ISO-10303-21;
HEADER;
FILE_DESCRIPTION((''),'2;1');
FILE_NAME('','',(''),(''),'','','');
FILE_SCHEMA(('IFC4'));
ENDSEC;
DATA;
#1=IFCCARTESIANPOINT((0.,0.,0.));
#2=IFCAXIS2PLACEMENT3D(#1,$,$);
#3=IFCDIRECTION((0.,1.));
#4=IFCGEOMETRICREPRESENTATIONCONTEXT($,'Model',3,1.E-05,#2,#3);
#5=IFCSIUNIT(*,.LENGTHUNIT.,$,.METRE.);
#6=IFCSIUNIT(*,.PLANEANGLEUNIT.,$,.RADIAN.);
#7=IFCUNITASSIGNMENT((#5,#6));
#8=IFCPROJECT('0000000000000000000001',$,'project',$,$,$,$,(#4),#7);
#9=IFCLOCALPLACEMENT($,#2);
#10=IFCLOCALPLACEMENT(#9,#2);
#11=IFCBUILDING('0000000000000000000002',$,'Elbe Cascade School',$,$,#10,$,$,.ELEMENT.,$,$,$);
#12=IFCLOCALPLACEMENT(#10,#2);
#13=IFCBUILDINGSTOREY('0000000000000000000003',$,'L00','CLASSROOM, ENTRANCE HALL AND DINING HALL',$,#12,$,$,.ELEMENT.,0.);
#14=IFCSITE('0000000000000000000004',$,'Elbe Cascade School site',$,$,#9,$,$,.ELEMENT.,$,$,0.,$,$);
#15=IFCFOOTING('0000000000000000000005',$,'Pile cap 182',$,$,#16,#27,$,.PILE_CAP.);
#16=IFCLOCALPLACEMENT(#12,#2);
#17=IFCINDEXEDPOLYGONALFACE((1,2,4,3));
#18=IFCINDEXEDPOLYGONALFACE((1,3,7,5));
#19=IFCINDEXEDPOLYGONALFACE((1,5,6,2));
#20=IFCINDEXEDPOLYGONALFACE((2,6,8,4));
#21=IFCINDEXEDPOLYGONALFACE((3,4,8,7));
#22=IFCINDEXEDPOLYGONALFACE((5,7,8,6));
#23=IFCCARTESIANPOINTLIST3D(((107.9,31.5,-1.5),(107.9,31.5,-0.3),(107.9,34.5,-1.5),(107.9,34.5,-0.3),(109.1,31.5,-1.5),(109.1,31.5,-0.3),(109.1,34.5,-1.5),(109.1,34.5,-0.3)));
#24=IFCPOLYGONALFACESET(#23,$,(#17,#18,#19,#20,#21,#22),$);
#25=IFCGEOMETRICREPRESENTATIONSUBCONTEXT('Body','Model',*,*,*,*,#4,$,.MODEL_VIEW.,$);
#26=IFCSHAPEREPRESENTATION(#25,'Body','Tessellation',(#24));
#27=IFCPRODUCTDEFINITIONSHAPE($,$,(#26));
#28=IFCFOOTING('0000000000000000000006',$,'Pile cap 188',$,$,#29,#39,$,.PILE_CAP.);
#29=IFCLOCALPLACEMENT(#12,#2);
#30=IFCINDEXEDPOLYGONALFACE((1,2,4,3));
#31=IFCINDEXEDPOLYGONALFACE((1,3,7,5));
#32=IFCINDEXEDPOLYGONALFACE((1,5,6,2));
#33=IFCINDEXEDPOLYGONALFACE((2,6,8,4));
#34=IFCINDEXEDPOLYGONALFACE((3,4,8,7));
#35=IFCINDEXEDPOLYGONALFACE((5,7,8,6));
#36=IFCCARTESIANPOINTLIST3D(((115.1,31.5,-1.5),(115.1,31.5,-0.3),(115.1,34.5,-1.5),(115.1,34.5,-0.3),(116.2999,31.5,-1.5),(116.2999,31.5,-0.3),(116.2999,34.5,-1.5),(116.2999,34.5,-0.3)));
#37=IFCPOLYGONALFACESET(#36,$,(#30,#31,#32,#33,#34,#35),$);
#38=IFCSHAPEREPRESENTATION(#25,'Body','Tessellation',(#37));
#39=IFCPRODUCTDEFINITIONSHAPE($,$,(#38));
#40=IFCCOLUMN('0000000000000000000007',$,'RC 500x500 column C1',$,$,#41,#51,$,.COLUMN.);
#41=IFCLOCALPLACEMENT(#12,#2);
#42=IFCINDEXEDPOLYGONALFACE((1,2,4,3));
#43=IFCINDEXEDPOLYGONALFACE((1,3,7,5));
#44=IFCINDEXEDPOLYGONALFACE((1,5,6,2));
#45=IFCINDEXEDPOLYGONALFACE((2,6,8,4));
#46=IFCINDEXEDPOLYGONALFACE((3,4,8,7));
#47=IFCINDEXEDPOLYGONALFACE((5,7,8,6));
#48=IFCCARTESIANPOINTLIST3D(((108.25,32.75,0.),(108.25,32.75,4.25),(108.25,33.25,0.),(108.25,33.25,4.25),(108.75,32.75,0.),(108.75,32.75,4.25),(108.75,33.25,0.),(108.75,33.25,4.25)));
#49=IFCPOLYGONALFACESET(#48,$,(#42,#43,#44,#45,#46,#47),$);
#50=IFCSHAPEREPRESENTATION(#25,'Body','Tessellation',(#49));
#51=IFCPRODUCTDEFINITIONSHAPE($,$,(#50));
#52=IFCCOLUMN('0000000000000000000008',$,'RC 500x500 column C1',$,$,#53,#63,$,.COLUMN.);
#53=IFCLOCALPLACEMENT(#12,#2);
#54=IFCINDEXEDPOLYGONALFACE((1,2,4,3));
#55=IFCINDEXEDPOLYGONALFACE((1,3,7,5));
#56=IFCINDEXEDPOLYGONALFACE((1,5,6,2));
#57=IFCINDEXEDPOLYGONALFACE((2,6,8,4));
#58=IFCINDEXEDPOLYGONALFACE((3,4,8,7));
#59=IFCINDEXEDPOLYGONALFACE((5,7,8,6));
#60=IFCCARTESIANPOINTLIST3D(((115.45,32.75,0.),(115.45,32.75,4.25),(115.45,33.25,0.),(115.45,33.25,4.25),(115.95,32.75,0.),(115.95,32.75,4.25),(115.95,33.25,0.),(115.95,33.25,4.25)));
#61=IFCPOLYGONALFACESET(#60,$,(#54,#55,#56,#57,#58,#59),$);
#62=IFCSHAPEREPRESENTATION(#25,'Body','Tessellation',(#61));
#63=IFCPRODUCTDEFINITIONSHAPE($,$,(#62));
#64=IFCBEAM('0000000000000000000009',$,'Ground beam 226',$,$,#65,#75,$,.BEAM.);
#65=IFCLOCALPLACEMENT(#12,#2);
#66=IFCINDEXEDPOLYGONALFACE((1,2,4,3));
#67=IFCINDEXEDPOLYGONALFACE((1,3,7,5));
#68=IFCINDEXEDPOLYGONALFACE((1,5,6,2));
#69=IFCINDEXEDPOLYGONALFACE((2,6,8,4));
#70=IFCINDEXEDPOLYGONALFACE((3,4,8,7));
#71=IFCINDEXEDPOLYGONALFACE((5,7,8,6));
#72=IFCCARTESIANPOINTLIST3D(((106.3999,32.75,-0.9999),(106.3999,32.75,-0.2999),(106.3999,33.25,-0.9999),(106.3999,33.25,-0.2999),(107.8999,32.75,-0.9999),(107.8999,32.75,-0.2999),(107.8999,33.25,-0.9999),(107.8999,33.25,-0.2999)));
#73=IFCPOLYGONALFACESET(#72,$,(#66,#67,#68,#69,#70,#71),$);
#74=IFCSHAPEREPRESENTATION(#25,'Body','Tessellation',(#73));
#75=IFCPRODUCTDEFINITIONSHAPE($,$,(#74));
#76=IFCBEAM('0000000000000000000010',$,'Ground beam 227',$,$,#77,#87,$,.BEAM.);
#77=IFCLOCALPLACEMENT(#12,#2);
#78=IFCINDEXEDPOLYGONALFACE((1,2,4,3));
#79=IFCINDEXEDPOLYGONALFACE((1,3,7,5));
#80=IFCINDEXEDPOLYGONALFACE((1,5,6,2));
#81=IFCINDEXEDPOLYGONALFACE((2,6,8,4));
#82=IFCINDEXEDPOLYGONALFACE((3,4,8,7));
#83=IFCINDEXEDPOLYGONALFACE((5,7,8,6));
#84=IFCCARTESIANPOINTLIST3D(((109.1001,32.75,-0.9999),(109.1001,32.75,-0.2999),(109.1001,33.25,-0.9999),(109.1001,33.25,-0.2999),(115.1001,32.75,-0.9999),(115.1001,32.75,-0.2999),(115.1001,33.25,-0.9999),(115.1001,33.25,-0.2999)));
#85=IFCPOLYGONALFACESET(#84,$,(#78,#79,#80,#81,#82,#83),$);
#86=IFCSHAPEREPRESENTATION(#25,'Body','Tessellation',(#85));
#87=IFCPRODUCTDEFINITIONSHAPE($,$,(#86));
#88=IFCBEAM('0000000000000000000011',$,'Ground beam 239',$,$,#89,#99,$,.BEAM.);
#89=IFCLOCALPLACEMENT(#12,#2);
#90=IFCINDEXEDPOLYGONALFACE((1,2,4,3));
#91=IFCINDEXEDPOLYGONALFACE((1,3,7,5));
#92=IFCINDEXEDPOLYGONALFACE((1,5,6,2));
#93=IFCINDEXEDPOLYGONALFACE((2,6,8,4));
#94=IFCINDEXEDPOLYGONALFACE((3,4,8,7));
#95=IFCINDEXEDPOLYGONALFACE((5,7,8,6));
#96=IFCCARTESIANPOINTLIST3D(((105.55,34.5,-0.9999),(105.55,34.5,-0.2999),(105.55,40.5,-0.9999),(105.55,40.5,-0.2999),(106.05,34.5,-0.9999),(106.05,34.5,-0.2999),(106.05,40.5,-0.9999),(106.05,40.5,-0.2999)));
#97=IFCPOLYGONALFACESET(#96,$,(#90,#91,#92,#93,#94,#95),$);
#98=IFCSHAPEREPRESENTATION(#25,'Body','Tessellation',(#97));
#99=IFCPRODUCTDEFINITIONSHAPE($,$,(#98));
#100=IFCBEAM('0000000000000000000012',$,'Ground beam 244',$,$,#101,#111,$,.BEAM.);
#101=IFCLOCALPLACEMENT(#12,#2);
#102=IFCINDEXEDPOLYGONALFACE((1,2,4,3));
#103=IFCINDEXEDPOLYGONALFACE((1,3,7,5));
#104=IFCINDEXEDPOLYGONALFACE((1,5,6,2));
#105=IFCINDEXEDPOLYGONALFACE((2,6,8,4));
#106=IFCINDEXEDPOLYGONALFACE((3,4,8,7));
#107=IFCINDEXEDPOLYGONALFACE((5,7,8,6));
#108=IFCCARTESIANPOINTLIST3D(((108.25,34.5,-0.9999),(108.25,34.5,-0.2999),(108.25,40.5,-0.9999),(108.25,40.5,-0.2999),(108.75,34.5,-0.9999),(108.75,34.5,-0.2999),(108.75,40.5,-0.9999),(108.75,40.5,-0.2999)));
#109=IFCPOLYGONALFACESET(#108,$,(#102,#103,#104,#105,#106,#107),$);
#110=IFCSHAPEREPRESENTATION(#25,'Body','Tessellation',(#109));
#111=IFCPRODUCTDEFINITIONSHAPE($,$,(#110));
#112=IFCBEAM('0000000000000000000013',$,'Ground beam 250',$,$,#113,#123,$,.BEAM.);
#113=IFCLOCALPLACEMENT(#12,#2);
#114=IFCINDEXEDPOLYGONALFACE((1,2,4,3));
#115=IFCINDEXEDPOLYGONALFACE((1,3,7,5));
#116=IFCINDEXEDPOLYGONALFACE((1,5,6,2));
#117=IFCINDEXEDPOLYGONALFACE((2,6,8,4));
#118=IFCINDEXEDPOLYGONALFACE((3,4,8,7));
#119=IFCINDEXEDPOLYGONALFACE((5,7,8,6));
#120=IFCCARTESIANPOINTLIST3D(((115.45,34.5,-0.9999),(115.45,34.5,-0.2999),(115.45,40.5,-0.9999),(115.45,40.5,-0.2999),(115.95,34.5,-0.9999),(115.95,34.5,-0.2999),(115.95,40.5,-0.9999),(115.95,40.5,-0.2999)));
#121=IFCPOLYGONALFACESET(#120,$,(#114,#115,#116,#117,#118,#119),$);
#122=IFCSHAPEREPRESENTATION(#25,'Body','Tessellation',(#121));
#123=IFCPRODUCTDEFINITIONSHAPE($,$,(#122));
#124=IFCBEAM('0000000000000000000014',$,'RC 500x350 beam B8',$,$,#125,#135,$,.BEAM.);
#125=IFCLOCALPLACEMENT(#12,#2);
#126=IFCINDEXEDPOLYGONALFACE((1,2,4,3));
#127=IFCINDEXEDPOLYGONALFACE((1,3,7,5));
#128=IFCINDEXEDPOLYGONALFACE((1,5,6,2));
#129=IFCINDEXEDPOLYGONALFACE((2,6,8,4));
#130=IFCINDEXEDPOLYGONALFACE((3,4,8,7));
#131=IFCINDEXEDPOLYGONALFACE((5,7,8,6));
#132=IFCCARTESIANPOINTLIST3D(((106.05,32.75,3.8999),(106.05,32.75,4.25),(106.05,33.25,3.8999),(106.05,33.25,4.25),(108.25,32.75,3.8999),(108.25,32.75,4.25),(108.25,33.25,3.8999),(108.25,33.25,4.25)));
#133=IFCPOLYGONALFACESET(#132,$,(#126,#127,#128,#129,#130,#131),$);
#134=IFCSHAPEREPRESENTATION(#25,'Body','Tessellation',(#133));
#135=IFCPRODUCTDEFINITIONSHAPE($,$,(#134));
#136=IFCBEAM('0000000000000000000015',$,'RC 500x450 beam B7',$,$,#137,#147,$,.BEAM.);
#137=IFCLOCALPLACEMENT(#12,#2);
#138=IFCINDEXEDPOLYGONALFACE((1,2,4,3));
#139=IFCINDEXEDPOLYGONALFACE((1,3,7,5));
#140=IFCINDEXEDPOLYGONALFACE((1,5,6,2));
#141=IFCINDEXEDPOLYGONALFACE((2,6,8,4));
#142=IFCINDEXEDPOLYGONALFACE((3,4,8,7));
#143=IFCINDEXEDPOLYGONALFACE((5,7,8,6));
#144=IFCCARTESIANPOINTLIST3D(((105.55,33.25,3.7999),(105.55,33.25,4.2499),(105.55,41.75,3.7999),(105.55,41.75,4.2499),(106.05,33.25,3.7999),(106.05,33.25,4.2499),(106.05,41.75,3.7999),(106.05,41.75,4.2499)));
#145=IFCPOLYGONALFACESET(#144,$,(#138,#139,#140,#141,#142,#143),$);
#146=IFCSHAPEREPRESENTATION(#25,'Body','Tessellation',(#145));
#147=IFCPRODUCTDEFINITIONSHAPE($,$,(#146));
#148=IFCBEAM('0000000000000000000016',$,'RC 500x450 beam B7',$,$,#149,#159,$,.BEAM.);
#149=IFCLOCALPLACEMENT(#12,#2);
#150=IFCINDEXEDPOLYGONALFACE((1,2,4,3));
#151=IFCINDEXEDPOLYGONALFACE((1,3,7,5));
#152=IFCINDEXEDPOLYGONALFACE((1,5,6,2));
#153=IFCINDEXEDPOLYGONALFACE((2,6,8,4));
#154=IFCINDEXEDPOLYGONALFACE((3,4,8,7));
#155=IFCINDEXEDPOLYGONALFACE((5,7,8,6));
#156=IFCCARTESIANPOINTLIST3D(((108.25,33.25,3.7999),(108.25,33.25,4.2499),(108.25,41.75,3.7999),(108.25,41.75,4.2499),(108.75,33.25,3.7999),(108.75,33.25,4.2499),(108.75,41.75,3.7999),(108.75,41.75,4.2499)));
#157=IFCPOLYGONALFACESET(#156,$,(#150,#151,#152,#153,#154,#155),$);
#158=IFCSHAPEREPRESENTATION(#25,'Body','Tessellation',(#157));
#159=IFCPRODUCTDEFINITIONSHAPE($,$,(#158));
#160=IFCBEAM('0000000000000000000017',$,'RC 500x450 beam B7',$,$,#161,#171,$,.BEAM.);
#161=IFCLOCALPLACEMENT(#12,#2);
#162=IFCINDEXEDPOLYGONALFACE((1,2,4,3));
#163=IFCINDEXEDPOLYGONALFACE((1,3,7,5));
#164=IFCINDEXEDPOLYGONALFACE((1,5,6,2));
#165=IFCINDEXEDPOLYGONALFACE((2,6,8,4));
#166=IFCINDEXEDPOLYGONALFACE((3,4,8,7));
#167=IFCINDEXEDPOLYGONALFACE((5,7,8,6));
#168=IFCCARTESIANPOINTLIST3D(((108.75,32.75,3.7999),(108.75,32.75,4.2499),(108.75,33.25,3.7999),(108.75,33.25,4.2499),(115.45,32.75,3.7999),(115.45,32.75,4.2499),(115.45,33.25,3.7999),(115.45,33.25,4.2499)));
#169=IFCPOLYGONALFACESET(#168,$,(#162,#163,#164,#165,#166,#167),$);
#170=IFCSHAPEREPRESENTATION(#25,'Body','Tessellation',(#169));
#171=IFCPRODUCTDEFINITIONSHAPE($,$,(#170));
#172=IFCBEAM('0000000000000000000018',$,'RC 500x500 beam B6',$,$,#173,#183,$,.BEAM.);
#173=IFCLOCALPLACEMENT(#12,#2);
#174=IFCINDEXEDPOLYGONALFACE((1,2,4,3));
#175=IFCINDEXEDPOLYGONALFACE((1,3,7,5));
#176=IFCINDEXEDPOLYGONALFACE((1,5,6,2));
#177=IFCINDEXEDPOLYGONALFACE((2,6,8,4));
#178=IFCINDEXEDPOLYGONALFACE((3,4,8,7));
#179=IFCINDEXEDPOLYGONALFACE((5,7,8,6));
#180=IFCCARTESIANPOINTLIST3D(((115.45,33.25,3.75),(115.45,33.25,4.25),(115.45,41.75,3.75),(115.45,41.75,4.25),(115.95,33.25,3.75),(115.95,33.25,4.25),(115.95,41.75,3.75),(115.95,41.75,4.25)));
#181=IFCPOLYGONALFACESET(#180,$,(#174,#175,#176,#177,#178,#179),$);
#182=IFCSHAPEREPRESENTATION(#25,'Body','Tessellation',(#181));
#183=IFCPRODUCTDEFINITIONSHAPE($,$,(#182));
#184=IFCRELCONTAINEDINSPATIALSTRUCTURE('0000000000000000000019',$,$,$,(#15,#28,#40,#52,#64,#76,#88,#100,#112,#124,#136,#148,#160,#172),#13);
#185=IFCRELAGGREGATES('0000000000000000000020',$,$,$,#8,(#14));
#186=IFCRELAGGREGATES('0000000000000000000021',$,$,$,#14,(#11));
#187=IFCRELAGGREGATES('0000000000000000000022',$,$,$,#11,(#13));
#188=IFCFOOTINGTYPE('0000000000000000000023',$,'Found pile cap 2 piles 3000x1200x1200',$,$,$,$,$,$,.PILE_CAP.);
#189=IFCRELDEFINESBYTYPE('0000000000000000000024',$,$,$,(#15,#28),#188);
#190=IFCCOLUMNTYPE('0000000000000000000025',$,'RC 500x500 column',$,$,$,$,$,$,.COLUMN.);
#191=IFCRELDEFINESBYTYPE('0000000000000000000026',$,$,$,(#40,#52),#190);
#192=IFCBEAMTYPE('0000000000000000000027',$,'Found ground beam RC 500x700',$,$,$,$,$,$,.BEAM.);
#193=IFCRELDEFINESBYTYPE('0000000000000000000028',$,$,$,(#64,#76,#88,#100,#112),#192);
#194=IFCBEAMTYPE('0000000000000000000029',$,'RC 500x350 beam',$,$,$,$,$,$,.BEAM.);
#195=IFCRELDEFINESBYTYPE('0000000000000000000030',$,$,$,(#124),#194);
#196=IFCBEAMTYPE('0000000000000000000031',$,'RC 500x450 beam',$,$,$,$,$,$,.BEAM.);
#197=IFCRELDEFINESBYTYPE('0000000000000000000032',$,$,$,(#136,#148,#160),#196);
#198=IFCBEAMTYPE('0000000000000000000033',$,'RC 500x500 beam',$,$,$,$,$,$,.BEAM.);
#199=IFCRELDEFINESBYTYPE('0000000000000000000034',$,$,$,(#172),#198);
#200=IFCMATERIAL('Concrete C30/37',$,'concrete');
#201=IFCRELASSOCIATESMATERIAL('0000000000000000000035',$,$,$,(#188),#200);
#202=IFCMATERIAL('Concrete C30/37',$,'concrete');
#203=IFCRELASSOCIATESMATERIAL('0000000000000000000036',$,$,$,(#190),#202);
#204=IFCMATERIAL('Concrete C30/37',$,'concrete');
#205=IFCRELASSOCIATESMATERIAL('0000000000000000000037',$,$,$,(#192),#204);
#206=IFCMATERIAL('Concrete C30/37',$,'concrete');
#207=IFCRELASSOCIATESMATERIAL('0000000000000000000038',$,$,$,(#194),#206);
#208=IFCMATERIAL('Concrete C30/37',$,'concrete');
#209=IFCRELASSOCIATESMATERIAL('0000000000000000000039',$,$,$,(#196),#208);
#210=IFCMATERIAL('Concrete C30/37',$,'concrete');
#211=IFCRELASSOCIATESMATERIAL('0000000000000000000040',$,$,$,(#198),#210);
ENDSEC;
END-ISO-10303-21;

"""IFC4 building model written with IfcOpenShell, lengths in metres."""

from ifc_helpers import new_model, si_unit, direction, frame, origin, origin_2d, place, context, subcontext, project, spatial, rectangle, extrude, material, material_profile, profile_set, type_object, element, save


model = new_model("IFC4")

# Units and contexts
model_context = context("Model", 3, precision=1e-05, world=origin(), true_north=direction((0.0, 1.0)))
body_context = subcontext(model_context, "Body", "Model", "MODEL_VIEW")
ifc_project = project(units=[si_unit("LENGTHUNIT", "METRE"), si_unit("PLANEANGLEUNIT", "RADIAN")], contexts=[model_context])

# Site, building, storey
site_placement = place(None, origin())
site = spatial("IfcSite", under=ifc_project, at=site_placement, Name="Elbe Cascade School site", CompositionType="ELEMENT", RefElevation=0.0)
building_placement = place(site_placement, origin())
building = spatial("IfcBuilding", under=site, at=building_placement, Name="Elbe Cascade School", CompositionType="ELEMENT")
storey_placement = place(building_placement, origin())
storey = spatial("IfcBuildingStorey", under=building, at=storey_placement, Name="L00", Description="CLASSROOM, ENTRANCE HALL AND DINING HALL", CompositionType="ELEMENT", Elevation=0.0)

# Footings
ifc_material_1 = material(Name="Concrete C30/37", Category="concrete")
footing_type = type_object("IfcFootingType", Name="Found pile cap 2 piles 3000x1200x1200", PredefinedType="PILE_CAP", material=ifc_material_1)
for number, where, z_axis, x_axis, name in (
    (1, (108.5, 33.0, -1.5), (0.0, 0.0, 1.0), (1.0, 0.0, 0.0), "Pile cap 182"),
    (2, (115.7, 33.0, -1.5), (0.0, 0.0, 1.0), (1.0, 0.0, 0.0), "Pile cap 188"),
):
    element("IfcFooting", number, at=place(storey_placement, frame(where, z_axis=z_axis, x_axis=x_axis)), inside=storey, type_object=footing_type, Name=name, PredefinedType="PILE_CAP", context=body_context, shape_type="SweptSolid", body=[
        extrude(rectangle(XDim=1.2, YDim=3.0, at=origin_2d()), origin(), (0.0, 0.0, 1.0), 1.2),
    ])

# Columns
ifc_material_2 = material(Name="Concrete C30/37", Category="concrete")
ifc_material_profile_1 = material_profile(ifc_material_2, rectangle(XDim=0.5, YDim=0.5, at=origin_2d()), Name="RC 500x500")
ifc_profile_set_1 = profile_set([ifc_material_profile_1], Name="Concrete C30/37")
column_type = type_object("IfcColumnType", Name="RC 500x500 column", PredefinedType="COLUMN", material=ifc_profile_set_1)
for number, where, z_axis, x_axis, name in (
    (3, (108.5, 33.0, 0.0), (0.0, 0.0, 1.0), (1.0, 0.0, 0.0), "RC 500x500 column C1"),
    (4, (115.7, 33.0, 0.0), (0.0, 0.0, 1.0), (1.0, 0.0, 0.0), "RC 500x500 column C1"),
):
    element("IfcColumn", number, at=place(storey_placement, frame(where, z_axis=z_axis, x_axis=x_axis)), inside=storey, type_object=column_type, Name=name, PredefinedType="COLUMN", context=body_context, shape_type="SweptSolid", body=[
        extrude(rectangle(XDim=0.5, YDim=0.5, at=origin_2d()), origin(), (0.0, 0.0, 1.0), 4.25),
    ])

# Beams
ifc_material_3 = material(Name="Concrete C30/37", Category="concrete")
ifc_material_profile_2 = material_profile(ifc_material_3, rectangle(XDim=0.5, YDim=0.7, at=origin_2d()), Name="RC 500x700")
ifc_profile_set_2 = profile_set([ifc_material_profile_2], Name="Concrete C30/37")
beam_type_1 = type_object("IfcBeamType", Name="Found ground beam RC 500x700", PredefinedType="BEAM", material=ifc_profile_set_2)
beam_1_placement = place(storey_placement, frame((106.3999, 33.0, -0.6499), z_axis=(1.0, 0.0, 0.0), x_axis=(0.0, 1.0, 0.0)))
element("IfcBeam", 5, at=beam_1_placement, inside=storey, type_object=beam_type_1, Name="Ground beam 226", PredefinedType="BEAM", context=body_context, shape_type="SweptSolid", body=[
    extrude(rectangle(XDim=0.5, YDim=0.7, at=origin_2d()), origin(), (0.0, 0.0, 1.0), 1.5),
])
for number, where, z_axis, x_axis, name in (
    (6, (109.1001, 33.0, -0.6499), (1.0, 0.0, 0.0), (0.0, 1.0, 0.0), "Ground beam 227"),
    (7, (105.8, 34.5, -0.6499), (0.0, 1.0, 0.0), (-1.0, 0.0, 0.0), "Ground beam 239"),
    (8, (108.5, 34.5, -0.6499), (0.0, 1.0, 0.0), (-1.0, 0.0, 0.0), "Ground beam 244"),
    (9, (115.7, 34.5, -0.6499), (0.0, 1.0, 0.0), (-1.0, 0.0, 0.0), "Ground beam 250"),
):
    element("IfcBeam", number, at=place(storey_placement, frame(where, z_axis=z_axis, x_axis=x_axis)), inside=storey, type_object=beam_type_1, Name=name, PredefinedType="BEAM", context=body_context, shape_type="SweptSolid", body=[
        extrude(rectangle(XDim=0.5, YDim=0.7, at=origin_2d()), origin(), (0.0, 0.0, 1.0), 6.0),
    ])
ifc_material_4 = material(Name="Concrete C30/37", Category="concrete")
ifc_material_profile_3 = material_profile(ifc_material_4, rectangle(XDim=0.5, YDim=0.3501, at=origin_2d()), Name="RC 500x350")
ifc_profile_set_3 = profile_set([ifc_material_profile_3], Name="Concrete C30/37")
beam_type_2 = type_object("IfcBeamType", Name="RC 500x350 beam", PredefinedType="BEAM", material=ifc_profile_set_3)
beam_2_placement = place(storey_placement, frame((106.05, 33.0, 4.075), z_axis=(1.0, 0.0, 0.0), x_axis=(0.0, 1.0, 0.0)))
element("IfcBeam", 10, at=beam_2_placement, inside=storey, type_object=beam_type_2, Name="RC 500x350 beam B8", PredefinedType="BEAM", context=body_context, shape_type="SweptSolid", body=[
    extrude(rectangle(XDim=0.5, YDim=0.3501, at=origin_2d()), origin(), (0.0, 0.0, 1.0), 2.2),
])
ifc_material_5 = material(Name="Concrete C30/37", Category="concrete")
ifc_material_profile_4 = material_profile(ifc_material_5, rectangle(XDim=0.5, YDim=0.45, at=origin_2d()), Name="RC 500x450")
ifc_profile_set_4 = profile_set([ifc_material_profile_4], Name="Concrete C30/37")
beam_type_3 = type_object("IfcBeamType", Name="RC 500x450 beam", PredefinedType="BEAM", material=ifc_profile_set_4)
for number, where, z_axis, x_axis, name in (
    (11, (105.8, 33.25, 4.0249), (0.0, 1.0, 0.0), (-1.0, 0.0, 0.0), "RC 500x450 beam B7"),
    (12, (108.5, 33.25, 4.0249), (0.0, 1.0, 0.0), (-1.0, 0.0, 0.0), "RC 500x450 beam B7"),
):
    element("IfcBeam", number, at=place(storey_placement, frame(where, z_axis=z_axis, x_axis=x_axis)), inside=storey, type_object=beam_type_3, Name=name, PredefinedType="BEAM", context=body_context, shape_type="SweptSolid", body=[
        extrude(rectangle(XDim=0.5, YDim=0.45, at=origin_2d()), origin(), (0.0, 0.0, 1.0), 8.5),
    ])
beam_3_placement = place(storey_placement, frame((108.75, 33.0, 4.0249), z_axis=(1.0, 0.0, 0.0), x_axis=(0.0, 1.0, 0.0)))
element("IfcBeam", 13, at=beam_3_placement, inside=storey, type_object=beam_type_3, Name="RC 500x450 beam B7", PredefinedType="BEAM", context=body_context, shape_type="SweptSolid", body=[
    extrude(rectangle(XDim=0.5, YDim=0.45, at=origin_2d()), origin(), (0.0, 0.0, 1.0), 6.7),
])
ifc_material_6 = material(Name="Concrete C30/37", Category="concrete")
ifc_material_profile_5 = material_profile(ifc_material_6, rectangle(XDim=0.5, YDim=0.5, at=origin_2d()), Name="RC 500x500")
ifc_profile_set_5 = profile_set([ifc_material_profile_5], Name="Concrete C30/37")
beam_type_4 = type_object("IfcBeamType", Name="RC 500x500 beam", PredefinedType="BEAM", material=ifc_profile_set_5)
beam_4_placement = place(storey_placement, frame((115.7, 33.25, 4.0), z_axis=(0.0, 1.0, 0.0), x_axis=(-1.0, 0.0, 0.0)))
element("IfcBeam", 14, at=beam_4_placement, inside=storey, type_object=beam_type_4, Name="RC 500x500 beam B6", PredefinedType="BEAM", context=body_context, shape_type="SweptSolid", body=[
    extrude(rectangle(XDim=0.5, YDim=0.5, at=origin_2d()), origin(), (0.0, 0.0, 1.0), 8.5),
])

save(model, "model.ifc")
